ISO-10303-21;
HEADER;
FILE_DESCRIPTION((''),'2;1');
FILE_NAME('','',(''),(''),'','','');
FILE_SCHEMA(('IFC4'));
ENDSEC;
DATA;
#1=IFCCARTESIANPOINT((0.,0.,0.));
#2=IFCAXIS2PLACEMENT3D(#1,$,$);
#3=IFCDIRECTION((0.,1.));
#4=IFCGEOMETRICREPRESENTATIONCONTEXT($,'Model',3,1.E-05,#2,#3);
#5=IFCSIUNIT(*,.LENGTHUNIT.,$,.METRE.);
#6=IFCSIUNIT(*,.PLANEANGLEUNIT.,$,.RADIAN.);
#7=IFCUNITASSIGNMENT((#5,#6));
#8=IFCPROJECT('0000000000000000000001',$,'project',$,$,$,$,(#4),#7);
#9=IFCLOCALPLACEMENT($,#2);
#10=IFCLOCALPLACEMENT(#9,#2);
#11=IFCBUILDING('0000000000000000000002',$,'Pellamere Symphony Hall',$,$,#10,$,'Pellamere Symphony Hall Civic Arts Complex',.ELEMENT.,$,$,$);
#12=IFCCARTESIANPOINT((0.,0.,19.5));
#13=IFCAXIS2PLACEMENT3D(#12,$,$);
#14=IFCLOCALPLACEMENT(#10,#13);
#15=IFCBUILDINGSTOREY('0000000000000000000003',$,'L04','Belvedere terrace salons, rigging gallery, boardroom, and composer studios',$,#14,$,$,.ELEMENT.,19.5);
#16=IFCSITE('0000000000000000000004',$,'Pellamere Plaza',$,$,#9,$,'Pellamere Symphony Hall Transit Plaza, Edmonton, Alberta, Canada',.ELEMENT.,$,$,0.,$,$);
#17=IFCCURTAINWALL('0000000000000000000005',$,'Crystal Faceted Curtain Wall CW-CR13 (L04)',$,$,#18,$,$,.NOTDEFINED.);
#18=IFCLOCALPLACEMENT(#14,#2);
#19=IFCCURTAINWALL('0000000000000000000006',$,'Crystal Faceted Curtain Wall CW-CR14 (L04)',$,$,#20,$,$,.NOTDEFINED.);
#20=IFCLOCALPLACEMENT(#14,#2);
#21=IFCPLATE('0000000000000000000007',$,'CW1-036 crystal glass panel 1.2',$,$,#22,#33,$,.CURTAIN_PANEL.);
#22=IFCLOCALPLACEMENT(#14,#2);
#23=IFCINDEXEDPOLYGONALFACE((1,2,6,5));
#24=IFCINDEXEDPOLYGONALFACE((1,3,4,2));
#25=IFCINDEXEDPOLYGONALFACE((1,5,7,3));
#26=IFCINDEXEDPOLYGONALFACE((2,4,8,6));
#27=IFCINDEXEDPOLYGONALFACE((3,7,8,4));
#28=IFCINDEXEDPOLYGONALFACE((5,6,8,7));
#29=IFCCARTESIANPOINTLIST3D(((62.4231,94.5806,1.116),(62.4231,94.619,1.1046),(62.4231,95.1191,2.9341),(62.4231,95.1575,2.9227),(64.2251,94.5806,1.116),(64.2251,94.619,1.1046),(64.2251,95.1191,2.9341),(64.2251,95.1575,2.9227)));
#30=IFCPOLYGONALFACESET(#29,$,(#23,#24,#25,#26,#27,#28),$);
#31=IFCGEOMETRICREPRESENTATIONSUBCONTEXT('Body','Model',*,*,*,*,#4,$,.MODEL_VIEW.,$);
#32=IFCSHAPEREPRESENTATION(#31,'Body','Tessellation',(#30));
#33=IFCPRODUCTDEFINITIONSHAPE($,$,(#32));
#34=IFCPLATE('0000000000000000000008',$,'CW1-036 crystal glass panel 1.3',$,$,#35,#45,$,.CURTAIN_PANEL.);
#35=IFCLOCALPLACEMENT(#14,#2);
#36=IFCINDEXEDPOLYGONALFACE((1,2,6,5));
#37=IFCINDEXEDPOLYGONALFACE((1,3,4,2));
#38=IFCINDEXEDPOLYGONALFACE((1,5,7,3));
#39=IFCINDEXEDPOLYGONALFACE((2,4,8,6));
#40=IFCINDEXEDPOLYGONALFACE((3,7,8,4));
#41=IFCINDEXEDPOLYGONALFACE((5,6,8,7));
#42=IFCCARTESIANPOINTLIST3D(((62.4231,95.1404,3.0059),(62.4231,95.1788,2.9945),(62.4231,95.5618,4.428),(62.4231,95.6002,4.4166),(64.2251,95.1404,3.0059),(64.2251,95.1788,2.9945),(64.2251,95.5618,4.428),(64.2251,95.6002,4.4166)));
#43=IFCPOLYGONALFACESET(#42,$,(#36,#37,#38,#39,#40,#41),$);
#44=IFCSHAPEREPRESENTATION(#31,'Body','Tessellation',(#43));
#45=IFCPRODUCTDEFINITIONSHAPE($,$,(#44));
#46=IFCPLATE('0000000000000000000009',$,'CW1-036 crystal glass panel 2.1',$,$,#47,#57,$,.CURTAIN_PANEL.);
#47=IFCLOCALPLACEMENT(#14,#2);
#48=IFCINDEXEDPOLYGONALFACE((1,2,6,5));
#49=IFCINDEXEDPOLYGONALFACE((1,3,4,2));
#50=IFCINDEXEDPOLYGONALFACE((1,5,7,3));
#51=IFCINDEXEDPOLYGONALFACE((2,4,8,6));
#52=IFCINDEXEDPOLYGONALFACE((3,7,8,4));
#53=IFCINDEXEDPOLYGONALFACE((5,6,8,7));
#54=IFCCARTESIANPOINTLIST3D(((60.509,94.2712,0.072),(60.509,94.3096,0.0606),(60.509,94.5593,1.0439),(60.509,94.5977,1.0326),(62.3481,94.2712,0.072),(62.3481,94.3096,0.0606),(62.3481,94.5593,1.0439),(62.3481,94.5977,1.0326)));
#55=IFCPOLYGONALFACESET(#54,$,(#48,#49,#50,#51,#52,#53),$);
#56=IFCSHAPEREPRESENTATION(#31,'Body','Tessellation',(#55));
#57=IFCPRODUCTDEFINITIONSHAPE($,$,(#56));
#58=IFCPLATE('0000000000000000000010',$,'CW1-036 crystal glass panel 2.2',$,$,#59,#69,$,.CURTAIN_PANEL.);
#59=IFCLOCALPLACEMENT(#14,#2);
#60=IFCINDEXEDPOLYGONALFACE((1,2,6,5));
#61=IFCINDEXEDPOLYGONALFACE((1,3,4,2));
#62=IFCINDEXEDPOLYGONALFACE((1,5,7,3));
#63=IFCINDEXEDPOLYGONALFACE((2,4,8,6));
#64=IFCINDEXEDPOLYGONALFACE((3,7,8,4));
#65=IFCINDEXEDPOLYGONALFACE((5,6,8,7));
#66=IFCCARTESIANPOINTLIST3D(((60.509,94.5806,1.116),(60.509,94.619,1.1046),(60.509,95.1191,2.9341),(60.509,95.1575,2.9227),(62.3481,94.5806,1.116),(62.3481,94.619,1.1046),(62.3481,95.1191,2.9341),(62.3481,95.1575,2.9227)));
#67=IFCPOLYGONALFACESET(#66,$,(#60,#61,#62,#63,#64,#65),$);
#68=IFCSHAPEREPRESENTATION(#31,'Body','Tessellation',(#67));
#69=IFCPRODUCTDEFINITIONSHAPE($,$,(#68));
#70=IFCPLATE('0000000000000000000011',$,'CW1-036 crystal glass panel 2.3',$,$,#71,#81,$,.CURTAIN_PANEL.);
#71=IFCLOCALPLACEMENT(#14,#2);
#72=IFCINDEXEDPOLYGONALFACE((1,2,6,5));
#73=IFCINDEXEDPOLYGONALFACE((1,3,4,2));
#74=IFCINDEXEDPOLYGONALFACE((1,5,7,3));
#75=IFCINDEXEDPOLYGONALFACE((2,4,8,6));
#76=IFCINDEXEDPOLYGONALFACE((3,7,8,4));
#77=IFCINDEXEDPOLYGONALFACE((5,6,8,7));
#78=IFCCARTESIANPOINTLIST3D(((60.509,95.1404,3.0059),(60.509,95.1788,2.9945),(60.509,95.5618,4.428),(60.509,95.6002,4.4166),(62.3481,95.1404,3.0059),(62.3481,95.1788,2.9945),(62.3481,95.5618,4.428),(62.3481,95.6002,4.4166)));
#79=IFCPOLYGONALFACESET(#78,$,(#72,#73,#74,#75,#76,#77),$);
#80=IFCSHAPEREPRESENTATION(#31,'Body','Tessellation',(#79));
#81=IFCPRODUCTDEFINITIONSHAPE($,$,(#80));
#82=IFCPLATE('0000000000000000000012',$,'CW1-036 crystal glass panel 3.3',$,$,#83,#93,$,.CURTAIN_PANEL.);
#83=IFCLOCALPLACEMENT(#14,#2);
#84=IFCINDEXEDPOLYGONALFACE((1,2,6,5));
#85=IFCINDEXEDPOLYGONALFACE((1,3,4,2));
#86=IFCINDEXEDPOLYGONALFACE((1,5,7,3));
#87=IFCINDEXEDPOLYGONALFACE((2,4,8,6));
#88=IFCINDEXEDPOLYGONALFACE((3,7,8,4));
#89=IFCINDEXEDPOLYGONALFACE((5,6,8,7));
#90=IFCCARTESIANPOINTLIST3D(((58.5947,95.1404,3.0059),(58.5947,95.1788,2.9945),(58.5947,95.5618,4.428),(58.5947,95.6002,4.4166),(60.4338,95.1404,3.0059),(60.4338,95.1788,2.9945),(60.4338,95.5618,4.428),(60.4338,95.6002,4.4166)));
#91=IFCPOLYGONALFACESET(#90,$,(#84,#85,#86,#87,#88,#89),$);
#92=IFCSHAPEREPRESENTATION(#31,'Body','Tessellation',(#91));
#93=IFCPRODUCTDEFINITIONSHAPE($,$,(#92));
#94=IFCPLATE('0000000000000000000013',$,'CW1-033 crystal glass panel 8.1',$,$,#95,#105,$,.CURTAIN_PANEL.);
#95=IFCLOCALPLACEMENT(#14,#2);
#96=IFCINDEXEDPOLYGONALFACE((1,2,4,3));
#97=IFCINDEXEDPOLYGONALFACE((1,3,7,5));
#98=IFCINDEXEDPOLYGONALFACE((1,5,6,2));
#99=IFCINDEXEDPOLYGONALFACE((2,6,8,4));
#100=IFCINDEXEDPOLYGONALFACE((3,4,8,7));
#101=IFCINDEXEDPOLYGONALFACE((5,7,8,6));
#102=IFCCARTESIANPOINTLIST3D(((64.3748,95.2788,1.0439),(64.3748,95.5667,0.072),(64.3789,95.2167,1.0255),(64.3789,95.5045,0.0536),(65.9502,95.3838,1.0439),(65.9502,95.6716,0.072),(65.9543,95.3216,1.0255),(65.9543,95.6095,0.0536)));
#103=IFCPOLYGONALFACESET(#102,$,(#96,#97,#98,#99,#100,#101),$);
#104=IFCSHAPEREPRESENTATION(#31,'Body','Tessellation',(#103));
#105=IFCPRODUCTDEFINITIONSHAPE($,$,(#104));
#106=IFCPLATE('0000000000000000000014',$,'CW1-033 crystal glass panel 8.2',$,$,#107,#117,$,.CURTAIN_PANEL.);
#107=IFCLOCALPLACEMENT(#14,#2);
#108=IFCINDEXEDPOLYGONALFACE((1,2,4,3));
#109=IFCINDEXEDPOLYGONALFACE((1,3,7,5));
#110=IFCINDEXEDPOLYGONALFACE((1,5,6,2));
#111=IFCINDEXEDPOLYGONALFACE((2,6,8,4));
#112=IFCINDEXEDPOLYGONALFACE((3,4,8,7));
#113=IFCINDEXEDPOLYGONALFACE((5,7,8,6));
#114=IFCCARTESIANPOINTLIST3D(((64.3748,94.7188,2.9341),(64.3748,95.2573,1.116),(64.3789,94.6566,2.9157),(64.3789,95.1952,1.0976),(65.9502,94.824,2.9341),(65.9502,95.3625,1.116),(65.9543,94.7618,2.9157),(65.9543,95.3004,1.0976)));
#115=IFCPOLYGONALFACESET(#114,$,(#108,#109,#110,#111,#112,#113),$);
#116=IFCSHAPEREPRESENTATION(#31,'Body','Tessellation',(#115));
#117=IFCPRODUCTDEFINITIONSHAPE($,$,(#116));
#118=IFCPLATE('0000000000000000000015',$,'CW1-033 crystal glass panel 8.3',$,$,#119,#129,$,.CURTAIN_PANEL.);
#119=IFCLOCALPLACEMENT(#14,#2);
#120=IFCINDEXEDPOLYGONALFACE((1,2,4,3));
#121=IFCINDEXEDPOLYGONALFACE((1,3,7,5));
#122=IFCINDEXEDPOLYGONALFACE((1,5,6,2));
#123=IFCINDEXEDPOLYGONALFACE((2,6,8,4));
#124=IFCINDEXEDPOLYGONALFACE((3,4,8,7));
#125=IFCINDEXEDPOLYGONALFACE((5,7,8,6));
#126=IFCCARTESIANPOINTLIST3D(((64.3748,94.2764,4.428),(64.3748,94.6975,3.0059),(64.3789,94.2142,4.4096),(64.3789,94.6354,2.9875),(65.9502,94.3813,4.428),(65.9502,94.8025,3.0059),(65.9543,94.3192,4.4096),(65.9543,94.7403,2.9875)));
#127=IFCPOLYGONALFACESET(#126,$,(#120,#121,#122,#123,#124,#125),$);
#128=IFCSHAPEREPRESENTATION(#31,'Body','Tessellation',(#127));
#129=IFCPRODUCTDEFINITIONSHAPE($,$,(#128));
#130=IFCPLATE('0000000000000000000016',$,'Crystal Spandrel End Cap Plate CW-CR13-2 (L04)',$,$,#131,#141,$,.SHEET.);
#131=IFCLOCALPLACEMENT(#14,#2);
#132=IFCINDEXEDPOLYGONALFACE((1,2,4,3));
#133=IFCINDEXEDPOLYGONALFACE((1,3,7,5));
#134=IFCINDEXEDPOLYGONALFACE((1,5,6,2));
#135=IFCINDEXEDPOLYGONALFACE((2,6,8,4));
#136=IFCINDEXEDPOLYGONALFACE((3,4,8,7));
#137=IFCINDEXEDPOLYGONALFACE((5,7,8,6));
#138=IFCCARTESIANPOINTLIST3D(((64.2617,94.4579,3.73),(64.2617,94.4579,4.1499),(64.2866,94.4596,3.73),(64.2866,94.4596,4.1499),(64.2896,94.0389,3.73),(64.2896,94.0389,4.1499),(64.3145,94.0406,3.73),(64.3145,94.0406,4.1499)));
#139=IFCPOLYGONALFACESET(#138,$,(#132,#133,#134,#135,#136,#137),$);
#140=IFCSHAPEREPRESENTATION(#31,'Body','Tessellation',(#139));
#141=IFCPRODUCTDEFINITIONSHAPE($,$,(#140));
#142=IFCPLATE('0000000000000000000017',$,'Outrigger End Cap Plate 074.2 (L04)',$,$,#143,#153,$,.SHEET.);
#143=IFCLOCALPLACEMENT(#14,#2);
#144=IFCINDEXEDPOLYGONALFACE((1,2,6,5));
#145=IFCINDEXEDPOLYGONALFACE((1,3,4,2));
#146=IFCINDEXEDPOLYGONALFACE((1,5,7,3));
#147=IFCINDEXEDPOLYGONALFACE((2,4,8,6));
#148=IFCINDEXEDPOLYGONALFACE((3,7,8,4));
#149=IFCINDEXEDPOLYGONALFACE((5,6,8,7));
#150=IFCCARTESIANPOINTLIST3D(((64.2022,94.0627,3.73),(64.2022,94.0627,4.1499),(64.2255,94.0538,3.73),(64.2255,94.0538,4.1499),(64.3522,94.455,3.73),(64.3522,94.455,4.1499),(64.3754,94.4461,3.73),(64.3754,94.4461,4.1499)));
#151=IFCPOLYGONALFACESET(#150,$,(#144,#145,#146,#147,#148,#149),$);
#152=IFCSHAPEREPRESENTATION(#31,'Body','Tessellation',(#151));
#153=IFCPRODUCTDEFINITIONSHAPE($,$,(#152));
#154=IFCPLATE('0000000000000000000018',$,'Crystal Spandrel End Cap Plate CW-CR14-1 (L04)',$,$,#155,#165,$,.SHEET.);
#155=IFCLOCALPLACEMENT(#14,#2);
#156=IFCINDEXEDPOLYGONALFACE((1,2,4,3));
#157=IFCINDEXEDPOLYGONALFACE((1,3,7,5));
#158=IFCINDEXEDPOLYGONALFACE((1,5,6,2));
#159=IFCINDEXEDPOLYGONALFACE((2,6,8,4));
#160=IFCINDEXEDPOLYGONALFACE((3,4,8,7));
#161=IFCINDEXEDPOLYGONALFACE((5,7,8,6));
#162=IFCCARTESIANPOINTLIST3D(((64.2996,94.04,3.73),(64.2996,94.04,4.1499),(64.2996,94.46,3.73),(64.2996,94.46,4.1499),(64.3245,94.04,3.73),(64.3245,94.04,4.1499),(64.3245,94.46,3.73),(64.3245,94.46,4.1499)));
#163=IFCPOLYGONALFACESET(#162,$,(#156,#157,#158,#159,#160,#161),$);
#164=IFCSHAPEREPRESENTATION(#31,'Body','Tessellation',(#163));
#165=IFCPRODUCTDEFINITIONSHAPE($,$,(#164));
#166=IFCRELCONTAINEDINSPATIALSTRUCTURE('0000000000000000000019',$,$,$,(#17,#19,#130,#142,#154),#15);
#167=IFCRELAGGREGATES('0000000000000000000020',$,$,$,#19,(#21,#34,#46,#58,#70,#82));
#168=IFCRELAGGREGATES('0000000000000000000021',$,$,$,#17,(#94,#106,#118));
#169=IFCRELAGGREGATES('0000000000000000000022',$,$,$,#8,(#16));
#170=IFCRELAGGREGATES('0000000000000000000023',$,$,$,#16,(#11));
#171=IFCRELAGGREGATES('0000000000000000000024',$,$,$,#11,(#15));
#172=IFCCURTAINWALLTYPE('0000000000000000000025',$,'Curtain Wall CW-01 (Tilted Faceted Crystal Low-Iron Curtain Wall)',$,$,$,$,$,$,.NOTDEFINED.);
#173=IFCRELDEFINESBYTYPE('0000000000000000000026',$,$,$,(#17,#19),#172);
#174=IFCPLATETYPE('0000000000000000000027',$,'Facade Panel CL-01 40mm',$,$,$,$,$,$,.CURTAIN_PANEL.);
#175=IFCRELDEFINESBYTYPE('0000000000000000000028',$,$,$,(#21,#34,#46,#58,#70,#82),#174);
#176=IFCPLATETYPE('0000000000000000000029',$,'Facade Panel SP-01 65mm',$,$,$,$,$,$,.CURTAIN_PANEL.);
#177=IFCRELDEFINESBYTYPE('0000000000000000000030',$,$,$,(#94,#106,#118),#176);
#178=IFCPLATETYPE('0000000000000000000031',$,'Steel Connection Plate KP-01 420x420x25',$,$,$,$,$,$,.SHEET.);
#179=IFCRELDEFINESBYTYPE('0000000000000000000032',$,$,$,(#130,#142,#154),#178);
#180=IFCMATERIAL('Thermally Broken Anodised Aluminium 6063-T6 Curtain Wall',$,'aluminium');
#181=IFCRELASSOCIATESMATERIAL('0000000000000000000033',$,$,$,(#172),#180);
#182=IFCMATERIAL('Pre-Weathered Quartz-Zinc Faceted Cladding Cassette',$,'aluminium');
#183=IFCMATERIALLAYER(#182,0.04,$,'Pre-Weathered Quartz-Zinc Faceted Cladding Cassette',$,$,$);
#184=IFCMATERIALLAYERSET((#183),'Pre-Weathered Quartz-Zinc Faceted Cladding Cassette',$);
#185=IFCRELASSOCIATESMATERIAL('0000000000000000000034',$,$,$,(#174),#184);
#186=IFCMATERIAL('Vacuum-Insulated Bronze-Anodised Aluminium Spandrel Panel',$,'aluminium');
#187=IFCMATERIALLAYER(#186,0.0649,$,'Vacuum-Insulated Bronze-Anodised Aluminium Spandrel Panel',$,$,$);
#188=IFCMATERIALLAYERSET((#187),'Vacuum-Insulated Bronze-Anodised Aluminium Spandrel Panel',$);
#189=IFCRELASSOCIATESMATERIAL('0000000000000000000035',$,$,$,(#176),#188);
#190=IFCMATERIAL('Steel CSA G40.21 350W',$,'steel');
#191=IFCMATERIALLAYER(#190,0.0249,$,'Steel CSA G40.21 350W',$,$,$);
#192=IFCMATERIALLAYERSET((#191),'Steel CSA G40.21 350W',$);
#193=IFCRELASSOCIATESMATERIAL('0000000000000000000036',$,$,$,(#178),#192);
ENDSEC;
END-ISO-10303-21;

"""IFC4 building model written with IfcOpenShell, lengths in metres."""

from ifc_helpers import new_model, si_unit, direction, frame, origin, origin_2d, place, context, subcontext, project, spatial, polyline, rectangle, outline, extrude, material, layer, layer_set, type_object, element, aggregate, save


model = new_model("IFC4")

# Units and contexts
model_context = context("Model", 3, precision=1e-05, world=origin(), true_north=direction((0.0, 1.0)))
body_context = subcontext(model_context, "Body", "Model", "MODEL_VIEW")
ifc_project = project(units=[si_unit("LENGTHUNIT", "METRE"), si_unit("PLANEANGLEUNIT", "RADIAN")], contexts=[model_context])

# Site, building, storey
site_placement = place(None, origin())
site = spatial("IfcSite", under=ifc_project, at=site_placement, Name="Pellamere Plaza", LongName="Pellamere Symphony Hall Transit Plaza, Edmonton, Alberta, Canada", CompositionType="ELEMENT", RefElevation=0.0)
building_placement = place(site_placement, origin())
building = spatial("IfcBuilding", under=site, at=building_placement, Name="Pellamere Symphony Hall", LongName="Pellamere Symphony Hall Civic Arts Complex", CompositionType="ELEMENT")
storey_placement = place(building_placement, frame((0.0, 0.0, 19.5)))
storey = spatial("IfcBuildingStorey", under=building, at=storey_placement, Name="L04", Description="Belvedere terrace salons, rigging gallery, boardroom, and composer studios", CompositionType="ELEMENT", Elevation=19.5)

# Curtain walls
ifc_material_1 = material(Name="Thermally Broken Anodised Aluminium 6063-T6 Curtain Wall", Category="aluminium")
curtain_wall_type = type_object("IfcCurtainWallType", Name="Curtain Wall CW-01 (Tilted Faceted Crystal Low-Iron Curtain Wall)", PredefinedType="NOTDEFINED", material=ifc_material_1)
curtain_wall_1_placement = place(storey_placement, origin())
curtain_wall_1 = element("IfcCurtainWall", 1, at=curtain_wall_1_placement, inside=storey, type_object=curtain_wall_type, Name="Crystal Faceted Curtain Wall CW-CR13 (L04)", PredefinedType="NOTDEFINED")
curtain_wall_2_placement = place(storey_placement, origin())
curtain_wall_2 = element("IfcCurtainWall", 2, at=curtain_wall_2_placement, inside=storey, type_object=curtain_wall_type, Name="Crystal Faceted Curtain Wall CW-CR14 (L04)", PredefinedType="NOTDEFINED")

# Shared definitions
ifc_material_2 = material(Name="Steel CSA G40.21 350W", Category="steel")

# Plates
ifc_material_3 = material(Name="Pre-Weathered Quartz-Zinc Faceted Cladding Cassette", Category="aluminium")
ifc_layer_1 = layer(ifc_material_3, 0.04, Name="Pre-Weathered Quartz-Zinc Faceted Cladding Cassette")
ifc_layer_set_1 = layer_set([ifc_layer_1], Name="Pre-Weathered Quartz-Zinc Faceted Cladding Cassette")
plate_type_1 = type_object("IfcPlateType", Name="Facade Panel CL-01 40mm", PredefinedType="CURTAIN_PANEL", material=ifc_layer_set_1)
plate_1_placement = place(storey_placement, frame((64.2251, 94.5806, 1.116), z_axis=(0.0, -0.958816, 0.284027), x_axis=(-1.0, 0.0, 0.0)))
plate_1 = element("IfcPlate", 3, at=plate_1_placement, type_object=plate_type_1, Name="CW1-036 crystal glass panel 1.2", PredefinedType="CURTAIN_PANEL", context=body_context, shape_type="SweptSolid", body=[
    extrude(outline(polyline([(0.0, 0.0), (1.802, 0.0), (1.802, -1.8962), (0.0, -1.8962), (0.0, 0.0)])), origin(), (0.0, 0.0, -1.0), 0.04),
])
plate_2_placement = place(storey_placement, frame((64.2251, 95.1404, 3.0059), z_axis=(0.0, -0.958795, 0.2841), x_axis=(-1.0, 0.0, 0.0)))
plate_2 = element("IfcPlate", 4, at=plate_2_placement, type_object=plate_type_1, Name="CW1-036 crystal glass panel 1.3", PredefinedType="CURTAIN_PANEL", context=body_context, shape_type="SweptSolid", body=[
    extrude(outline(polyline([(0.0, 0.0), (1.802, 0.0), (1.802, -1.4832), (0.0, -1.4832), (0.0, 0.0)])), origin(), (0.0, 0.0, -1.0), 0.04),
])
plate_3_placement = place(storey_placement, frame((62.3481, 94.2712, 0.072), z_axis=(0.0, -0.958769, 0.284187), x_axis=(-1.0, 0.0, 0.0)))
plate_3 = element("IfcPlate", 5, at=plate_3_placement, type_object=plate_type_1, Name="CW1-036 crystal glass panel 2.1", PredefinedType="CURTAIN_PANEL", context=body_context, shape_type="SweptSolid", body=[
    extrude(outline(polyline([(0.0, 0.0), (1.8391, 0.0), (1.8391, -1.0137), (0.0, -1.0137), (0.0, 0.0)])), origin(), (0.0, 0.0, -1.0), 0.04),
])
plate_4_placement = place(storey_placement, frame((62.3481, 94.5806, 1.116), z_axis=(0.0, -0.958816, 0.284027), x_axis=(-1.0, 0.0, 0.0)))
plate_4 = element("IfcPlate", 6, at=plate_4_placement, type_object=plate_type_1, Name="CW1-036 crystal glass panel 2.2", PredefinedType="CURTAIN_PANEL", context=body_context, shape_type="SweptSolid", body=[
    extrude(outline(polyline([(0.0, 0.0), (1.8391, 0.0), (1.8391, -1.8962), (0.0, -1.8962), (0.0, 0.0)])), origin(), (0.0, 0.0, -1.0), 0.04),
])
plate_5_placement = place(storey_placement, frame((62.3481, 95.1404, 3.0059), z_axis=(0.0, -0.958795, 0.2841), x_axis=(-1.0, 0.0, 0.0)))
plate_5 = element("IfcPlate", 7, at=plate_5_placement, type_object=plate_type_1, Name="CW1-036 crystal glass panel 2.3", PredefinedType="CURTAIN_PANEL", context=body_context, shape_type="SweptSolid", body=[
    extrude(outline(polyline([(0.0, 0.0), (1.8391, 0.0), (1.8391, -1.4832), (0.0, -1.4832), (0.0, 0.0)])), origin(), (0.0, 0.0, -1.0), 0.04),
])
plate_6_placement = place(storey_placement, frame((60.4338, 95.1404, 3.0059), z_axis=(0.0, -0.958795, 0.2841), x_axis=(-1.0, 0.0, 0.0)))
plate_6 = element("IfcPlate", 8, at=plate_6_placement, type_object=plate_type_1, Name="CW1-036 crystal glass panel 3.3", PredefinedType="CURTAIN_PANEL", context=body_context, shape_type="SweptSolid", body=[
    extrude(outline(polyline([(0.0, 0.0), (1.8391, 0.0), (1.8391, -1.4832), (0.0, -1.4832), (0.0, 0.0)])), origin(), (0.0, 0.0, -1.0), 0.04),
])
aggregate(curtain_wall_2, [plate_1, plate_2, plate_3, plate_4, plate_5, plate_6])
ifc_material_4 = material(Name="Vacuum-Insulated Bronze-Anodised Aluminium Spandrel Panel", Category="aluminium")
ifc_layer_2 = layer(ifc_material_4, 0.0649, Name="Vacuum-Insulated Bronze-Anodised Aluminium Spandrel Panel")
ifc_layer_set_2 = layer_set([ifc_layer_2], Name="Vacuum-Insulated Bronze-Anodised Aluminium Spandrel Panel")
plate_type_2 = type_object("IfcPlateType", Name="Facade Panel SP-01 65mm", PredefinedType="CURTAIN_PANEL", material=ifc_layer_set_2)
plate_7_placement = place(storey_placement, frame((65.9502, 95.6716, 0.072), z_axis=(-0.063763, 0.956883, 0.283387), x_axis=(-0.997787, -0.066488, 0.0)))
plate_7 = element("IfcPlate", 9, at=plate_7_placement, type_object=plate_type_2, Name="CW1-033 crystal glass panel 8.1", PredefinedType="CURTAIN_PANEL", context=body_context, shape_type="SweptSolid", body=[
    extrude(outline(polyline([(0.0, 0.0), (1.5789, 0.0), (1.5981, 1.0135), (0.0191, 1.0135), (0.0, 0.0)])), origin(), (0.0, 0.0, -1.0), 0.0649),
])
plate_8_placement = place(storey_placement, frame((65.9502, 95.3625, 1.116), z_axis=(-0.063909, 0.956856, 0.283446), x_axis=(-0.997777, -0.066642, 0.0)))
plate_8 = element("IfcPlate", 10, at=plate_8_placement, type_object=plate_type_2, Name="CW1-033 crystal glass panel 8.2", PredefinedType="CURTAIN_PANEL", context=body_context, shape_type="SweptSolid", body=[
    extrude(outline(polyline([(0.0, 0.0), (1.5789, 0.0), (1.6148, 1.8959), (0.0359, 1.8959), (0.0, 0.0)])), origin(), (0.0, 0.0, -1.0), 0.0649),
])
plate_9_placement = place(storey_placement, frame((65.9502, 94.8025, 3.0059), z_axis=(-0.063763, 0.956888, 0.28337), x_axis=(-0.997787, -0.066488, 0.0)))
plate_9 = element("IfcPlate", 11, at=plate_9_placement, type_object=plate_type_2, Name="CW1-033 crystal glass panel 8.3", PredefinedType="CURTAIN_PANEL", context=body_context, shape_type="SweptSolid", body=[
    extrude(outline(polyline([(0.0, 0.0), (1.5789, 0.0), (1.6069, 1.4829), (0.028, 1.4829), (0.0, 0.0)])), origin(), (0.0, 0.0, -1.0), 0.0649),
])
aggregate(curtain_wall_1, [plate_7, plate_8, plate_9])

# Plates
ifc_layer_3 = layer(ifc_material_2, 0.0249, Name="Steel CSA G40.21 350W")
ifc_layer_set_3 = layer_set([ifc_layer_3], Name="Steel CSA G40.21 350W")
plate_type_3 = type_object("IfcPlateType", Name="Steel Connection Plate KP-01 420x420x25", PredefinedType="SHEET", material=ifc_layer_set_3)
for number, where, z_axis, x_axis, name in (
    (12, (64.2881, 94.2493, 3.73), (0.0, 0.0, 1.0), (-0.99779, -0.066448, 0.0), "Crystal Spandrel End Cap Plate CW-CR13-2 (L04)"),
    (13, (64.2888, 94.2544, 3.73), (0.0, 0.0, 1.0), (-0.93408, 0.357064, 0.0), "Outrigger End Cap Plate 074.2 (L04)"),
    (14, (64.312, 94.25, 3.73), (0.0, 0.0, 1.0), (-1.0, 0.0, 0.0), "Crystal Spandrel End Cap Plate CW-CR14-1 (L04)"),
):
    element("IfcPlate", number, at=place(storey_placement, frame(where, z_axis=z_axis, x_axis=x_axis)), inside=storey, type_object=plate_type_3, Name=name, PredefinedType="SHEET", context=body_context, shape_type="SweptSolid", body=[
        extrude(rectangle(XDim=0.0249, YDim=0.4199, at=origin_2d()), origin(), (0.0, 0.0, 1.0), 0.4199),
    ])

save(model, "model.ifc")
